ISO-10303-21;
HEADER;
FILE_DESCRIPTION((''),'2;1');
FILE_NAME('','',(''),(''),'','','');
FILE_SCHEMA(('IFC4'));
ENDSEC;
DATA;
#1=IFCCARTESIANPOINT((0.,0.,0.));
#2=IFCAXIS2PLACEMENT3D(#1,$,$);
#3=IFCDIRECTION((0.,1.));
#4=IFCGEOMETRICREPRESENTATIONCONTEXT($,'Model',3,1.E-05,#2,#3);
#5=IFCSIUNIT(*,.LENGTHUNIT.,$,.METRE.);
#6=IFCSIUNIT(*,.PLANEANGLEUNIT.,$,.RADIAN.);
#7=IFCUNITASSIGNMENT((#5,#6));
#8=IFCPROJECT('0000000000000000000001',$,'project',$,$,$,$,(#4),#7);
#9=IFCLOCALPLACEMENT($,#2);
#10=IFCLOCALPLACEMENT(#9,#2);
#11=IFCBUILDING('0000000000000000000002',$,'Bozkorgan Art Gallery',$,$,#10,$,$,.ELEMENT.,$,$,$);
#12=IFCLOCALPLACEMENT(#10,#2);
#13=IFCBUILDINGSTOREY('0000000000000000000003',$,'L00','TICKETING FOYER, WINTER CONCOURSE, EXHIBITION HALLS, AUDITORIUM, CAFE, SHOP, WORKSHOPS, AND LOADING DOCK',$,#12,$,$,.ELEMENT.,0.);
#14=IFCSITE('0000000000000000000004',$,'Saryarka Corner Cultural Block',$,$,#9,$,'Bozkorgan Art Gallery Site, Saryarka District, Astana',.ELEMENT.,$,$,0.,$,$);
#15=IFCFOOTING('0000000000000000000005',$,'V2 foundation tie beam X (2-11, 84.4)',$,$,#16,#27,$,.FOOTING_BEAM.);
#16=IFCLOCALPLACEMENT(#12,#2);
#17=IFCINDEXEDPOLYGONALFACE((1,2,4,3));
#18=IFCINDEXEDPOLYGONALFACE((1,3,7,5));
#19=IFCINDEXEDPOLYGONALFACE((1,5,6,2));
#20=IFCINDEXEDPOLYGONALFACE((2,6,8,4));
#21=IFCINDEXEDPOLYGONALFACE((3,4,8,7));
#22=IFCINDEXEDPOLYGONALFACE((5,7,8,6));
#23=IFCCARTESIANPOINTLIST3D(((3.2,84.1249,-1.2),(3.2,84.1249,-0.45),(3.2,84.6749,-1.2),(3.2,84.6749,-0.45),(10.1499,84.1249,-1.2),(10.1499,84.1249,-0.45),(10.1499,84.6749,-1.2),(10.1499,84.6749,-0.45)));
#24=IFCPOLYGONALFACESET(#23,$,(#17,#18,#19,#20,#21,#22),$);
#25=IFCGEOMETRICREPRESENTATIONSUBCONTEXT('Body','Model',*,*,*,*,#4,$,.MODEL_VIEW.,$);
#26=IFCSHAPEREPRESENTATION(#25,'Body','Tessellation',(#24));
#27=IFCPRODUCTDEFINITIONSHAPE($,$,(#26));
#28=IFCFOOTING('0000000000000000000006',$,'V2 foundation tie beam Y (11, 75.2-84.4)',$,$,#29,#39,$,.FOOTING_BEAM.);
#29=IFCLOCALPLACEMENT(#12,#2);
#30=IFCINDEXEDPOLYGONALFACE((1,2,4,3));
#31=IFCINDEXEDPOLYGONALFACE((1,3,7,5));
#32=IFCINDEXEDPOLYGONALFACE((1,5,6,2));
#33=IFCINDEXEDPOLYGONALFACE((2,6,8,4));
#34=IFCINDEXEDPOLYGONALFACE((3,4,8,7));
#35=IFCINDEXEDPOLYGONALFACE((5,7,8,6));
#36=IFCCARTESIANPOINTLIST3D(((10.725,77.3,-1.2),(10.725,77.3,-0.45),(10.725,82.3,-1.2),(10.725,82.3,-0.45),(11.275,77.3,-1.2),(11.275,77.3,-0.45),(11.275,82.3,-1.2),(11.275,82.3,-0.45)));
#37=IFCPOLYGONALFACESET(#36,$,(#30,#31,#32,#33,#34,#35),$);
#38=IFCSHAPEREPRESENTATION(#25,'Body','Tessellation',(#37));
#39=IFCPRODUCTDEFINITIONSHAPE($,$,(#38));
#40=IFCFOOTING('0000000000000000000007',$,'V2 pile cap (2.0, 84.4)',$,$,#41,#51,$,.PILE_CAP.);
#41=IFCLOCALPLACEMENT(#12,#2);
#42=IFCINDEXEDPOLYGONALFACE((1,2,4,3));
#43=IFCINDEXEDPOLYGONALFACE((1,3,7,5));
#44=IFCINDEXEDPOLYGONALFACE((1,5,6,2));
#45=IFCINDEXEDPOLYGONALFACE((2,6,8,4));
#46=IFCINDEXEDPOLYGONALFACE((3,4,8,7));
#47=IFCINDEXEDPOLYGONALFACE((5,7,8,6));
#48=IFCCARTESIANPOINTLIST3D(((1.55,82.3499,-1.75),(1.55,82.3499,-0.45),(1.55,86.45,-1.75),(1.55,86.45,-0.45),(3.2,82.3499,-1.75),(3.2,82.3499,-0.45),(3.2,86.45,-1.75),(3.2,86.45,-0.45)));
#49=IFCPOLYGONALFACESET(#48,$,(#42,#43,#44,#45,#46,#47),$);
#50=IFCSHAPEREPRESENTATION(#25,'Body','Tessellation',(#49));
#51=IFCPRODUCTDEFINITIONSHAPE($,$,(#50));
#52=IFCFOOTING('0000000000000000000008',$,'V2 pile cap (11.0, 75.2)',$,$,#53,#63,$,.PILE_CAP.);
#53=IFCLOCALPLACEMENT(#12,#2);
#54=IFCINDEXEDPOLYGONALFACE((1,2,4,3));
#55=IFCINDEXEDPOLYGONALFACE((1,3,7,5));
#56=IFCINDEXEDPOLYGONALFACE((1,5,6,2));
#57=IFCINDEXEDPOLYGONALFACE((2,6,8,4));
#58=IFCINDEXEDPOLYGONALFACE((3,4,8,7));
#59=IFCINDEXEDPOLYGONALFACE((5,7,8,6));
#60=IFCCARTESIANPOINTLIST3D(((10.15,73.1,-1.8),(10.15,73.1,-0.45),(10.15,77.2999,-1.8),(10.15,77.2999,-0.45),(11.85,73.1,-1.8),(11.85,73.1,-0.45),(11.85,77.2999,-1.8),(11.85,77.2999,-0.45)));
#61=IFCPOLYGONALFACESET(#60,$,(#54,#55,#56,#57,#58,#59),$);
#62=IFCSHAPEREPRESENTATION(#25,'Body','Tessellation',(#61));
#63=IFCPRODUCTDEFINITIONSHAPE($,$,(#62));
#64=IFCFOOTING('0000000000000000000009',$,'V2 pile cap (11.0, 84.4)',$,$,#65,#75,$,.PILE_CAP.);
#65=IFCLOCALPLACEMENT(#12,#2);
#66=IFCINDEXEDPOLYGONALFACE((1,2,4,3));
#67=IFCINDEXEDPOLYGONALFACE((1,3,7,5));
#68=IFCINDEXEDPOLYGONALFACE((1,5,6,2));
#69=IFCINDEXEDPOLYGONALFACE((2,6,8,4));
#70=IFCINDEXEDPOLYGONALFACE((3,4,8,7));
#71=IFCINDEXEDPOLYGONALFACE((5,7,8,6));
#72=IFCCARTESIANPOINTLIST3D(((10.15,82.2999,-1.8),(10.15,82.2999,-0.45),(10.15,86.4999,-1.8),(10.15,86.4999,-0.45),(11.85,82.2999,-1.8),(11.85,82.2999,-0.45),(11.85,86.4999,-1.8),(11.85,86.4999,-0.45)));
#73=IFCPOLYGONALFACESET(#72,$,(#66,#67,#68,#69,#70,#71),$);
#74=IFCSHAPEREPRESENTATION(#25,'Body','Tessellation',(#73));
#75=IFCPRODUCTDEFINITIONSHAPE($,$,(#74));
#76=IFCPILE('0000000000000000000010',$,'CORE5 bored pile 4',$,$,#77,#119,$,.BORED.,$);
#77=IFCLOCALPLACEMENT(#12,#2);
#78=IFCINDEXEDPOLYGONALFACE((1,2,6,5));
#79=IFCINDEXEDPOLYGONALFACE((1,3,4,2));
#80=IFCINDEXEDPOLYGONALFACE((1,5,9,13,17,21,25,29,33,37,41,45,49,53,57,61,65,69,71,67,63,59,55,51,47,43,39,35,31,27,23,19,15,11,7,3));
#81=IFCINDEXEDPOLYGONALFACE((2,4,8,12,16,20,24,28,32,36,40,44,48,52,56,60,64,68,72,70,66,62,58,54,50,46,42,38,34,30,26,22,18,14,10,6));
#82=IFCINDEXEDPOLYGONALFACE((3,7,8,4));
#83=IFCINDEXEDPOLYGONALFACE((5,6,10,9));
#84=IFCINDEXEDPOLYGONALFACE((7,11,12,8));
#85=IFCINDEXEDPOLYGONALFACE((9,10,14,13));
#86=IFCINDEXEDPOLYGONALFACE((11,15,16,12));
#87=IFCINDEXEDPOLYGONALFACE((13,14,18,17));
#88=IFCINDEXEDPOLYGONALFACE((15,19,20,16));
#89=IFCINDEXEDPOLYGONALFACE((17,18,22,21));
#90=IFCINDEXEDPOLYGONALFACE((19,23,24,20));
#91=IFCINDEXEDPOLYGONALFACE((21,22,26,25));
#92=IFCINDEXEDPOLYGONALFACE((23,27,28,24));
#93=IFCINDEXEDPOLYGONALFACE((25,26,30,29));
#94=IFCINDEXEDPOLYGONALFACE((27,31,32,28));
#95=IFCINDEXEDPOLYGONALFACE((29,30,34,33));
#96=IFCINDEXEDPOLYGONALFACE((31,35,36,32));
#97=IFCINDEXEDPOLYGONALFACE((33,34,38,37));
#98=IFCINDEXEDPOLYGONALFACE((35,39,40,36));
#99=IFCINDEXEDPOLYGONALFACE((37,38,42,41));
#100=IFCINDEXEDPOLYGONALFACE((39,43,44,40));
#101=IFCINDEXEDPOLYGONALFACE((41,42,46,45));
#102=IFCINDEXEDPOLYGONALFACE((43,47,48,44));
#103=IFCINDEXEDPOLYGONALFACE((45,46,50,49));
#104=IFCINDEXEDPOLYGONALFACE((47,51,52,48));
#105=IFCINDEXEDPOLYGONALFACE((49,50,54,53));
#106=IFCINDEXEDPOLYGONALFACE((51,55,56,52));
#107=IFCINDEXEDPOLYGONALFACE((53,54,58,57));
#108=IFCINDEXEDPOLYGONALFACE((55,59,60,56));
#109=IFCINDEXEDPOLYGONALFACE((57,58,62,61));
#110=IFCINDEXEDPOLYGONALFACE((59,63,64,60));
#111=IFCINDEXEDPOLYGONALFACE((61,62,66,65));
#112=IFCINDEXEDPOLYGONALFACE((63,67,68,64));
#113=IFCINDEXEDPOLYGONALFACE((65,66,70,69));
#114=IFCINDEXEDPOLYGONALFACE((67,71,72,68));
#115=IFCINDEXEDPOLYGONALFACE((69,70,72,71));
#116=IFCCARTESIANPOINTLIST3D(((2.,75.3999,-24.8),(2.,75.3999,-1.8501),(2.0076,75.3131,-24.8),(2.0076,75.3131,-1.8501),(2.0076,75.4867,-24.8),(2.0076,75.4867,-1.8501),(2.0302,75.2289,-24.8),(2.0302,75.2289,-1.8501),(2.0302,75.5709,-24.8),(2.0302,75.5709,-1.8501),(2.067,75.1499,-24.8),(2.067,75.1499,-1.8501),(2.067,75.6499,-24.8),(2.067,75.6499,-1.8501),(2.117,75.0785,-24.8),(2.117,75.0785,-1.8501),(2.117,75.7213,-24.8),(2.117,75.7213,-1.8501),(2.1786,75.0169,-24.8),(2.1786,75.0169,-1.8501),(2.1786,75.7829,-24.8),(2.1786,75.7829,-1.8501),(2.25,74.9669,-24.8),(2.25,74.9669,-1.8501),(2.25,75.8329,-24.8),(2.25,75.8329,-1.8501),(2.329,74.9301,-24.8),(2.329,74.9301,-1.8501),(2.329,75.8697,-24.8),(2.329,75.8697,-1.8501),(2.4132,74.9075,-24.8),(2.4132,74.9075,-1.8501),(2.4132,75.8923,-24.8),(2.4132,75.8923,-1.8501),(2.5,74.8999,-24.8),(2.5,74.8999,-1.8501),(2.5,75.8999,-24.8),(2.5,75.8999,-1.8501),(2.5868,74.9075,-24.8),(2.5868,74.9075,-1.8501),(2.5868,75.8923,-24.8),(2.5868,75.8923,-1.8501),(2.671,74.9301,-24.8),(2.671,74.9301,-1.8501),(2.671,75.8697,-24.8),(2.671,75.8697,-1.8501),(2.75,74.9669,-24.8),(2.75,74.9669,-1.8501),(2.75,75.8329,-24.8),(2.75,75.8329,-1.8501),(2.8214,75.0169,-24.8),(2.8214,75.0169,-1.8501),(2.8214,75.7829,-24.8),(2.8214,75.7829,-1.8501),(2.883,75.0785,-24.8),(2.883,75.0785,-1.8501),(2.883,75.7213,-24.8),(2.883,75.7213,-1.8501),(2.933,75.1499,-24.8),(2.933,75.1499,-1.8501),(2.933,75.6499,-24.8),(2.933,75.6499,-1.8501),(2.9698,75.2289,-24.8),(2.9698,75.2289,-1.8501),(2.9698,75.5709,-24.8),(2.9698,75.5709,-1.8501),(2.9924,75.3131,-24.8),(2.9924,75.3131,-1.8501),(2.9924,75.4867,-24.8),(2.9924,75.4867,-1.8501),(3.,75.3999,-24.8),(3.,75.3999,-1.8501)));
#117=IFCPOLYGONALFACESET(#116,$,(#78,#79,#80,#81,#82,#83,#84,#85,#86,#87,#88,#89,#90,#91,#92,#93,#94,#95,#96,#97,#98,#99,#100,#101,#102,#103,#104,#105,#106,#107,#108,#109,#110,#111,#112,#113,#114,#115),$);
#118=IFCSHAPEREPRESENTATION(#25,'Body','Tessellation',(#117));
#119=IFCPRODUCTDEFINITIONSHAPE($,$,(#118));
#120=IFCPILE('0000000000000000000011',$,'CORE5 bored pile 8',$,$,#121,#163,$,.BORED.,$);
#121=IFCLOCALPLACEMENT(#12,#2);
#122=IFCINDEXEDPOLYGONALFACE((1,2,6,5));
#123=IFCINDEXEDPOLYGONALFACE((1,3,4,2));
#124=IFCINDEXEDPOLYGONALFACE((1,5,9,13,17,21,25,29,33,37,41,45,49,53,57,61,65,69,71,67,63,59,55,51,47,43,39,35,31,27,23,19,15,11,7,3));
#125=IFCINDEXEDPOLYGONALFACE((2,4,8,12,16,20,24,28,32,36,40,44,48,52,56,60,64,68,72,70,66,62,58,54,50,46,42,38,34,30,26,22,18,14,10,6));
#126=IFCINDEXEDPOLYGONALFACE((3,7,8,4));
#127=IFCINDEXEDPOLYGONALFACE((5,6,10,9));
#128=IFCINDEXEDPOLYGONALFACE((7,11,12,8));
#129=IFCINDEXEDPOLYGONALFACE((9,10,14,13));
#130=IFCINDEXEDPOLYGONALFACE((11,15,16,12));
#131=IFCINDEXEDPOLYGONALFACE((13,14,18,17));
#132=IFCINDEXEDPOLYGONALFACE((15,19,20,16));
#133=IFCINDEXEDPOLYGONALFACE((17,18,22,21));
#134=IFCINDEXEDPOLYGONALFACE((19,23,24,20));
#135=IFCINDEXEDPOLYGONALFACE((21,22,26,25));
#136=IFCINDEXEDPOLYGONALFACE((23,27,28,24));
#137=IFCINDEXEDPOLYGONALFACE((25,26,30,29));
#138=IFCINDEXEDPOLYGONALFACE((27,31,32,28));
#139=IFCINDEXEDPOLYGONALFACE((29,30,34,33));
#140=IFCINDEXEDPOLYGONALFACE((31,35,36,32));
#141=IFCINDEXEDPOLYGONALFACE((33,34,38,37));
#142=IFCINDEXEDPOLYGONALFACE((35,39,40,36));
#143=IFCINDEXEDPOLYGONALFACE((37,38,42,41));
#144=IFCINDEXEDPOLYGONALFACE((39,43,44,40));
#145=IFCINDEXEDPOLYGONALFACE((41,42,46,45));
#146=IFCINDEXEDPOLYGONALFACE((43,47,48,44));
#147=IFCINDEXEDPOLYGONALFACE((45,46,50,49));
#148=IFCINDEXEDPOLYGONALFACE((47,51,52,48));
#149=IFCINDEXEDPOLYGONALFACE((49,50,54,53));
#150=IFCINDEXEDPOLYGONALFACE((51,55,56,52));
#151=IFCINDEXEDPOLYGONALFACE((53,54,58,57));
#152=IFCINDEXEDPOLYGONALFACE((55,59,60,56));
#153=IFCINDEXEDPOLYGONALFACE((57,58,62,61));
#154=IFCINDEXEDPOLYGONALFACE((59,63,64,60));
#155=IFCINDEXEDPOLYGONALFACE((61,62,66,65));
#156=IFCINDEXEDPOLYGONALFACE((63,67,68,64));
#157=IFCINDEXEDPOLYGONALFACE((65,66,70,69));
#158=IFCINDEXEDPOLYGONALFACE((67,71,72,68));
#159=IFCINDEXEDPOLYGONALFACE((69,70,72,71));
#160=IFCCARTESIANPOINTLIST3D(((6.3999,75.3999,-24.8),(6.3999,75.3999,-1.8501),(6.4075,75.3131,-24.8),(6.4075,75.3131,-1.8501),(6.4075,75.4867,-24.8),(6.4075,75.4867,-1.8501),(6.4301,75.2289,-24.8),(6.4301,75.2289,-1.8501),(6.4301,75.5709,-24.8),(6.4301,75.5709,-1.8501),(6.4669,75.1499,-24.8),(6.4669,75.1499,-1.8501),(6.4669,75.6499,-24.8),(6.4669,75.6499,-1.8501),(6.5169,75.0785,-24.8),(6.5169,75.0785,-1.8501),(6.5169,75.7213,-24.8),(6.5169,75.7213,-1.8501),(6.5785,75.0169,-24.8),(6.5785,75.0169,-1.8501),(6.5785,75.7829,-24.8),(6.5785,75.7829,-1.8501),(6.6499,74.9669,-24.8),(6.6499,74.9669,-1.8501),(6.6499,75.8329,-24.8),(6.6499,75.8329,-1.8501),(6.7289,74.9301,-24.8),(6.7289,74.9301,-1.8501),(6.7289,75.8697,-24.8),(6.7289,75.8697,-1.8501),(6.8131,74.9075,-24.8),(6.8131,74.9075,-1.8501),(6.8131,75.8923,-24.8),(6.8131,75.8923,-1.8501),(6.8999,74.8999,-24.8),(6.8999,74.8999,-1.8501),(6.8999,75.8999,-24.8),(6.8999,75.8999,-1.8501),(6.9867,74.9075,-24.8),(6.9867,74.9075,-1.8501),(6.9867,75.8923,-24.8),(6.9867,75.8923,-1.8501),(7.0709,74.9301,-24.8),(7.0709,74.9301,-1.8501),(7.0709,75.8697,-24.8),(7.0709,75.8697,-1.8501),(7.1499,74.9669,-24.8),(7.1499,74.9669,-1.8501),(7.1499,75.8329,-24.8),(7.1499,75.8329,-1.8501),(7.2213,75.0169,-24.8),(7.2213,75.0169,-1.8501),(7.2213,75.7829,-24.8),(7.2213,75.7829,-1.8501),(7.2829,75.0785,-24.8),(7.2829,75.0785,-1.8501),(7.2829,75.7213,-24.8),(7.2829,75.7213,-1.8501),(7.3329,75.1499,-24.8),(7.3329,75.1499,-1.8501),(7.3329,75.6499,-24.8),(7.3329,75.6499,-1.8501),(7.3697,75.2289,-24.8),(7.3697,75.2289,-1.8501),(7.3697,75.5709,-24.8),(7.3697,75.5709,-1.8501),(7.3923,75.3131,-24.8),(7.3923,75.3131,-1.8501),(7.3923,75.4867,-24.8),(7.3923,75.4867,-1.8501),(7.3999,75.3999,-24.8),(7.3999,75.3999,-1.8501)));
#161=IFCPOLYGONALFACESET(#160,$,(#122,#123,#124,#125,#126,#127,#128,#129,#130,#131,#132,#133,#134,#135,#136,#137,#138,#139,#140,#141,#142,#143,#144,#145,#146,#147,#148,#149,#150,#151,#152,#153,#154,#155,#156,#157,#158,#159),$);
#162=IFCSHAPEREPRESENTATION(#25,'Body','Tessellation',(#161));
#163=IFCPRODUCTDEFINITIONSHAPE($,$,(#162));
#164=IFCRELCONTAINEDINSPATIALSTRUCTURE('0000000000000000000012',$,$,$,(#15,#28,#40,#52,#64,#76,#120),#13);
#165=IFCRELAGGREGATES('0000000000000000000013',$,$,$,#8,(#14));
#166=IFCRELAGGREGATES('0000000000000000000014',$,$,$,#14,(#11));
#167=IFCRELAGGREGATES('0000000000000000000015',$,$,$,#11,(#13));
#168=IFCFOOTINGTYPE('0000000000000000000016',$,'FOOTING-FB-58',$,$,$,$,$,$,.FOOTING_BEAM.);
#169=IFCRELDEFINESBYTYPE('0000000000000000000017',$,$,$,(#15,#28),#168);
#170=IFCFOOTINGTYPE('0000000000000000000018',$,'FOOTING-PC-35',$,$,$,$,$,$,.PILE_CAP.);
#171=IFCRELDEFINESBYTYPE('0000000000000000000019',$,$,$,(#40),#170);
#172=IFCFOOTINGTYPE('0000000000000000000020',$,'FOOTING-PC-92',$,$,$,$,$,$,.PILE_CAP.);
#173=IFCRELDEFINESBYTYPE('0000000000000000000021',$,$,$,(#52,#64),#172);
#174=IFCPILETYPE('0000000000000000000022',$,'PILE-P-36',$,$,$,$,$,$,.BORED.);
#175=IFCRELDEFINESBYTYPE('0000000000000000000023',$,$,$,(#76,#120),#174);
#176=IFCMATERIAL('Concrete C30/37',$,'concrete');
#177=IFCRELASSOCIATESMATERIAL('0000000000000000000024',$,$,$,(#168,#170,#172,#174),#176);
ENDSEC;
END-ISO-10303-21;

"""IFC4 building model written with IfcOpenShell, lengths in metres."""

from ifc_helpers import new_model, si_unit, direction, frame, origin, origin_2d, place, context, subcontext, project, spatial, rectangle, circle, extrude, material, material_profile, profile_set, type_object, element, save


model = new_model("IFC4")

# Units and contexts
model_context = context("Model", 3, precision=1e-05, world=origin(), true_north=direction((0.0, 1.0)))
body_context = subcontext(model_context, "Body", "Model", "MODEL_VIEW")
ifc_project = project(units=[si_unit("LENGTHUNIT", "METRE"), si_unit("PLANEANGLEUNIT", "RADIAN")], contexts=[model_context])

# Site, building, storey
site_placement = place(None, origin())
site = spatial("IfcSite", under=ifc_project, at=site_placement, Name="Saryarka Corner Cultural Block", LongName="Bozkorgan Art Gallery Site, Saryarka District, Astana", CompositionType="ELEMENT", RefElevation=0.0)
building_placement = place(site_placement, origin())
building = spatial("IfcBuilding", under=site, at=building_placement, Name="Bozkorgan Art Gallery", CompositionType="ELEMENT")
storey_placement = place(building_placement, origin())
storey = spatial("IfcBuildingStorey", under=building, at=storey_placement, Name="L00", Description="TICKETING FOYER, WINTER CONCOURSE, EXHIBITION HALLS, AUDITORIUM, CAFE, SHOP, WORKSHOPS, AND LOADING DOCK", CompositionType="ELEMENT", Elevation=0.0)

# Footings
ifc_material_1 = material(Name="Concrete C30/37", Category="concrete")
ifc_material_profile_1 = material_profile(ifc_material_1, rectangle(XDim=0.55, YDim=0.75, at=origin_2d()), Name="FND 550x750")
ifc_profile_set_1 = profile_set([ifc_material_profile_1], Name="Concrete C30/37")
footing_type_1 = type_object("IfcFootingType", Name="FOOTING-FB-58", PredefinedType="FOOTING_BEAM", material=ifc_profile_set_1)
footing_1_placement = place(storey_placement, frame((3.2, 84.3999, -0.825), z_axis=(1.0, 0.0, 0.0), x_axis=(0.0, 1.0, 0.0)))
element("IfcFooting", 1, at=footing_1_placement, inside=storey, type_object=footing_type_1, Name="V2 foundation tie beam X (2-11, 84.4)", PredefinedType="FOOTING_BEAM", context=body_context, shape_type="SweptSolid", body=[
    extrude(rectangle(XDim=0.55, YDim=0.75, at=origin_2d()), origin(), (0.0, 0.0, 1.0), 6.95),
])
footing_2_placement = place(storey_placement, frame((11.0, 77.3, -0.825), z_axis=(0.0, 1.0, 0.0), x_axis=(-1.0, 0.0, 0.0)))
element("IfcFooting", 2, at=footing_2_placement, inside=storey, type_object=footing_type_1, Name="V2 foundation tie beam Y (11, 75.2-84.4)", PredefinedType="FOOTING_BEAM", context=body_context, shape_type="SweptSolid", body=[
    extrude(rectangle(XDim=0.55, YDim=0.75, at=origin_2d()), origin(), (0.0, 0.0, 1.0), 5.0),
])
footing_type_2 = type_object("IfcFootingType", Name="FOOTING-PC-35", PredefinedType="PILE_CAP", material=ifc_material_1)
footing_3_placement = place(storey_placement, frame((2.375, 84.3999, -1.75), z_axis=(0.0, 0.0, 1.0), x_axis=(1.0, 0.0, 0.0)))
element("IfcFooting", 3, at=footing_3_placement, inside=storey, type_object=footing_type_2, Name="V2 pile cap (2.0, 84.4)", PredefinedType="PILE_CAP", context=body_context, shape_type="SweptSolid", body=[
    extrude(rectangle(XDim=1.6499, YDim=4.1001, at=origin_2d()), origin(), (0.0, 0.0, 1.0), 1.3),
])
footing_type_3 = type_object("IfcFootingType", Name="FOOTING-PC-92", PredefinedType="PILE_CAP", material=ifc_material_1)
for number, where, z_axis, x_axis, name in (
    (4, (11.0, 75.2, -1.8), (0.0, 0.0, 1.0), (1.0, 0.0, 0.0), "V2 pile cap (11.0, 75.2)"),
    (5, (11.0, 84.3999, -1.8), (0.0, 0.0, 1.0), (1.0, 0.0, 0.0), "V2 pile cap (11.0, 84.4)"),
):
    element("IfcFooting", number, at=place(storey_placement, frame(where, z_axis=z_axis, x_axis=x_axis)), inside=storey, type_object=footing_type_3, Name=name, PredefinedType="PILE_CAP", context=body_context, shape_type="SweptSolid", body=[
        extrude(rectangle(XDim=1.7, YDim=4.2, at=origin_2d()), origin(), (0.0, 0.0, 1.0), 1.3501),
    ])

# Piles
ifc_material_profile_2 = material_profile(ifc_material_1, circle(Radius=0.5, at=origin_2d()), Name="PILE D1000")
ifc_profile_set_2 = profile_set([ifc_material_profile_2], Name="Concrete C30/37")
pile_type_1 = type_object("IfcPileType", Name="PILE-P-36", PredefinedType="BORED", material=ifc_profile_set_2)
for number, where, z_axis, x_axis, name in (
    (6, (2.5, 75.3999, -1.8501), (0.0, 0.0, -1.0), (1.0, 0.0, 0.0), "CORE5 bored pile 4"),
    (7, (6.8999, 75.3999, -1.8501), (0.0, 0.0, -1.0), (1.0, 0.0, 0.0), "CORE5 bored pile 8"),
):
    element("IfcPile", number, at=place(storey_placement, frame(where, z_axis=z_axis, x_axis=x_axis)), inside=storey, type_object=pile_type_1, Name=name, PredefinedType="BORED", context=body_context, shape_type="SweptSolid", body=[
        extrude(circle(Radius=0.5, at=origin_2d()), origin(), (0.0, 0.0, 1.0), 22.95),
    ])

save(model, "model.ifc")
